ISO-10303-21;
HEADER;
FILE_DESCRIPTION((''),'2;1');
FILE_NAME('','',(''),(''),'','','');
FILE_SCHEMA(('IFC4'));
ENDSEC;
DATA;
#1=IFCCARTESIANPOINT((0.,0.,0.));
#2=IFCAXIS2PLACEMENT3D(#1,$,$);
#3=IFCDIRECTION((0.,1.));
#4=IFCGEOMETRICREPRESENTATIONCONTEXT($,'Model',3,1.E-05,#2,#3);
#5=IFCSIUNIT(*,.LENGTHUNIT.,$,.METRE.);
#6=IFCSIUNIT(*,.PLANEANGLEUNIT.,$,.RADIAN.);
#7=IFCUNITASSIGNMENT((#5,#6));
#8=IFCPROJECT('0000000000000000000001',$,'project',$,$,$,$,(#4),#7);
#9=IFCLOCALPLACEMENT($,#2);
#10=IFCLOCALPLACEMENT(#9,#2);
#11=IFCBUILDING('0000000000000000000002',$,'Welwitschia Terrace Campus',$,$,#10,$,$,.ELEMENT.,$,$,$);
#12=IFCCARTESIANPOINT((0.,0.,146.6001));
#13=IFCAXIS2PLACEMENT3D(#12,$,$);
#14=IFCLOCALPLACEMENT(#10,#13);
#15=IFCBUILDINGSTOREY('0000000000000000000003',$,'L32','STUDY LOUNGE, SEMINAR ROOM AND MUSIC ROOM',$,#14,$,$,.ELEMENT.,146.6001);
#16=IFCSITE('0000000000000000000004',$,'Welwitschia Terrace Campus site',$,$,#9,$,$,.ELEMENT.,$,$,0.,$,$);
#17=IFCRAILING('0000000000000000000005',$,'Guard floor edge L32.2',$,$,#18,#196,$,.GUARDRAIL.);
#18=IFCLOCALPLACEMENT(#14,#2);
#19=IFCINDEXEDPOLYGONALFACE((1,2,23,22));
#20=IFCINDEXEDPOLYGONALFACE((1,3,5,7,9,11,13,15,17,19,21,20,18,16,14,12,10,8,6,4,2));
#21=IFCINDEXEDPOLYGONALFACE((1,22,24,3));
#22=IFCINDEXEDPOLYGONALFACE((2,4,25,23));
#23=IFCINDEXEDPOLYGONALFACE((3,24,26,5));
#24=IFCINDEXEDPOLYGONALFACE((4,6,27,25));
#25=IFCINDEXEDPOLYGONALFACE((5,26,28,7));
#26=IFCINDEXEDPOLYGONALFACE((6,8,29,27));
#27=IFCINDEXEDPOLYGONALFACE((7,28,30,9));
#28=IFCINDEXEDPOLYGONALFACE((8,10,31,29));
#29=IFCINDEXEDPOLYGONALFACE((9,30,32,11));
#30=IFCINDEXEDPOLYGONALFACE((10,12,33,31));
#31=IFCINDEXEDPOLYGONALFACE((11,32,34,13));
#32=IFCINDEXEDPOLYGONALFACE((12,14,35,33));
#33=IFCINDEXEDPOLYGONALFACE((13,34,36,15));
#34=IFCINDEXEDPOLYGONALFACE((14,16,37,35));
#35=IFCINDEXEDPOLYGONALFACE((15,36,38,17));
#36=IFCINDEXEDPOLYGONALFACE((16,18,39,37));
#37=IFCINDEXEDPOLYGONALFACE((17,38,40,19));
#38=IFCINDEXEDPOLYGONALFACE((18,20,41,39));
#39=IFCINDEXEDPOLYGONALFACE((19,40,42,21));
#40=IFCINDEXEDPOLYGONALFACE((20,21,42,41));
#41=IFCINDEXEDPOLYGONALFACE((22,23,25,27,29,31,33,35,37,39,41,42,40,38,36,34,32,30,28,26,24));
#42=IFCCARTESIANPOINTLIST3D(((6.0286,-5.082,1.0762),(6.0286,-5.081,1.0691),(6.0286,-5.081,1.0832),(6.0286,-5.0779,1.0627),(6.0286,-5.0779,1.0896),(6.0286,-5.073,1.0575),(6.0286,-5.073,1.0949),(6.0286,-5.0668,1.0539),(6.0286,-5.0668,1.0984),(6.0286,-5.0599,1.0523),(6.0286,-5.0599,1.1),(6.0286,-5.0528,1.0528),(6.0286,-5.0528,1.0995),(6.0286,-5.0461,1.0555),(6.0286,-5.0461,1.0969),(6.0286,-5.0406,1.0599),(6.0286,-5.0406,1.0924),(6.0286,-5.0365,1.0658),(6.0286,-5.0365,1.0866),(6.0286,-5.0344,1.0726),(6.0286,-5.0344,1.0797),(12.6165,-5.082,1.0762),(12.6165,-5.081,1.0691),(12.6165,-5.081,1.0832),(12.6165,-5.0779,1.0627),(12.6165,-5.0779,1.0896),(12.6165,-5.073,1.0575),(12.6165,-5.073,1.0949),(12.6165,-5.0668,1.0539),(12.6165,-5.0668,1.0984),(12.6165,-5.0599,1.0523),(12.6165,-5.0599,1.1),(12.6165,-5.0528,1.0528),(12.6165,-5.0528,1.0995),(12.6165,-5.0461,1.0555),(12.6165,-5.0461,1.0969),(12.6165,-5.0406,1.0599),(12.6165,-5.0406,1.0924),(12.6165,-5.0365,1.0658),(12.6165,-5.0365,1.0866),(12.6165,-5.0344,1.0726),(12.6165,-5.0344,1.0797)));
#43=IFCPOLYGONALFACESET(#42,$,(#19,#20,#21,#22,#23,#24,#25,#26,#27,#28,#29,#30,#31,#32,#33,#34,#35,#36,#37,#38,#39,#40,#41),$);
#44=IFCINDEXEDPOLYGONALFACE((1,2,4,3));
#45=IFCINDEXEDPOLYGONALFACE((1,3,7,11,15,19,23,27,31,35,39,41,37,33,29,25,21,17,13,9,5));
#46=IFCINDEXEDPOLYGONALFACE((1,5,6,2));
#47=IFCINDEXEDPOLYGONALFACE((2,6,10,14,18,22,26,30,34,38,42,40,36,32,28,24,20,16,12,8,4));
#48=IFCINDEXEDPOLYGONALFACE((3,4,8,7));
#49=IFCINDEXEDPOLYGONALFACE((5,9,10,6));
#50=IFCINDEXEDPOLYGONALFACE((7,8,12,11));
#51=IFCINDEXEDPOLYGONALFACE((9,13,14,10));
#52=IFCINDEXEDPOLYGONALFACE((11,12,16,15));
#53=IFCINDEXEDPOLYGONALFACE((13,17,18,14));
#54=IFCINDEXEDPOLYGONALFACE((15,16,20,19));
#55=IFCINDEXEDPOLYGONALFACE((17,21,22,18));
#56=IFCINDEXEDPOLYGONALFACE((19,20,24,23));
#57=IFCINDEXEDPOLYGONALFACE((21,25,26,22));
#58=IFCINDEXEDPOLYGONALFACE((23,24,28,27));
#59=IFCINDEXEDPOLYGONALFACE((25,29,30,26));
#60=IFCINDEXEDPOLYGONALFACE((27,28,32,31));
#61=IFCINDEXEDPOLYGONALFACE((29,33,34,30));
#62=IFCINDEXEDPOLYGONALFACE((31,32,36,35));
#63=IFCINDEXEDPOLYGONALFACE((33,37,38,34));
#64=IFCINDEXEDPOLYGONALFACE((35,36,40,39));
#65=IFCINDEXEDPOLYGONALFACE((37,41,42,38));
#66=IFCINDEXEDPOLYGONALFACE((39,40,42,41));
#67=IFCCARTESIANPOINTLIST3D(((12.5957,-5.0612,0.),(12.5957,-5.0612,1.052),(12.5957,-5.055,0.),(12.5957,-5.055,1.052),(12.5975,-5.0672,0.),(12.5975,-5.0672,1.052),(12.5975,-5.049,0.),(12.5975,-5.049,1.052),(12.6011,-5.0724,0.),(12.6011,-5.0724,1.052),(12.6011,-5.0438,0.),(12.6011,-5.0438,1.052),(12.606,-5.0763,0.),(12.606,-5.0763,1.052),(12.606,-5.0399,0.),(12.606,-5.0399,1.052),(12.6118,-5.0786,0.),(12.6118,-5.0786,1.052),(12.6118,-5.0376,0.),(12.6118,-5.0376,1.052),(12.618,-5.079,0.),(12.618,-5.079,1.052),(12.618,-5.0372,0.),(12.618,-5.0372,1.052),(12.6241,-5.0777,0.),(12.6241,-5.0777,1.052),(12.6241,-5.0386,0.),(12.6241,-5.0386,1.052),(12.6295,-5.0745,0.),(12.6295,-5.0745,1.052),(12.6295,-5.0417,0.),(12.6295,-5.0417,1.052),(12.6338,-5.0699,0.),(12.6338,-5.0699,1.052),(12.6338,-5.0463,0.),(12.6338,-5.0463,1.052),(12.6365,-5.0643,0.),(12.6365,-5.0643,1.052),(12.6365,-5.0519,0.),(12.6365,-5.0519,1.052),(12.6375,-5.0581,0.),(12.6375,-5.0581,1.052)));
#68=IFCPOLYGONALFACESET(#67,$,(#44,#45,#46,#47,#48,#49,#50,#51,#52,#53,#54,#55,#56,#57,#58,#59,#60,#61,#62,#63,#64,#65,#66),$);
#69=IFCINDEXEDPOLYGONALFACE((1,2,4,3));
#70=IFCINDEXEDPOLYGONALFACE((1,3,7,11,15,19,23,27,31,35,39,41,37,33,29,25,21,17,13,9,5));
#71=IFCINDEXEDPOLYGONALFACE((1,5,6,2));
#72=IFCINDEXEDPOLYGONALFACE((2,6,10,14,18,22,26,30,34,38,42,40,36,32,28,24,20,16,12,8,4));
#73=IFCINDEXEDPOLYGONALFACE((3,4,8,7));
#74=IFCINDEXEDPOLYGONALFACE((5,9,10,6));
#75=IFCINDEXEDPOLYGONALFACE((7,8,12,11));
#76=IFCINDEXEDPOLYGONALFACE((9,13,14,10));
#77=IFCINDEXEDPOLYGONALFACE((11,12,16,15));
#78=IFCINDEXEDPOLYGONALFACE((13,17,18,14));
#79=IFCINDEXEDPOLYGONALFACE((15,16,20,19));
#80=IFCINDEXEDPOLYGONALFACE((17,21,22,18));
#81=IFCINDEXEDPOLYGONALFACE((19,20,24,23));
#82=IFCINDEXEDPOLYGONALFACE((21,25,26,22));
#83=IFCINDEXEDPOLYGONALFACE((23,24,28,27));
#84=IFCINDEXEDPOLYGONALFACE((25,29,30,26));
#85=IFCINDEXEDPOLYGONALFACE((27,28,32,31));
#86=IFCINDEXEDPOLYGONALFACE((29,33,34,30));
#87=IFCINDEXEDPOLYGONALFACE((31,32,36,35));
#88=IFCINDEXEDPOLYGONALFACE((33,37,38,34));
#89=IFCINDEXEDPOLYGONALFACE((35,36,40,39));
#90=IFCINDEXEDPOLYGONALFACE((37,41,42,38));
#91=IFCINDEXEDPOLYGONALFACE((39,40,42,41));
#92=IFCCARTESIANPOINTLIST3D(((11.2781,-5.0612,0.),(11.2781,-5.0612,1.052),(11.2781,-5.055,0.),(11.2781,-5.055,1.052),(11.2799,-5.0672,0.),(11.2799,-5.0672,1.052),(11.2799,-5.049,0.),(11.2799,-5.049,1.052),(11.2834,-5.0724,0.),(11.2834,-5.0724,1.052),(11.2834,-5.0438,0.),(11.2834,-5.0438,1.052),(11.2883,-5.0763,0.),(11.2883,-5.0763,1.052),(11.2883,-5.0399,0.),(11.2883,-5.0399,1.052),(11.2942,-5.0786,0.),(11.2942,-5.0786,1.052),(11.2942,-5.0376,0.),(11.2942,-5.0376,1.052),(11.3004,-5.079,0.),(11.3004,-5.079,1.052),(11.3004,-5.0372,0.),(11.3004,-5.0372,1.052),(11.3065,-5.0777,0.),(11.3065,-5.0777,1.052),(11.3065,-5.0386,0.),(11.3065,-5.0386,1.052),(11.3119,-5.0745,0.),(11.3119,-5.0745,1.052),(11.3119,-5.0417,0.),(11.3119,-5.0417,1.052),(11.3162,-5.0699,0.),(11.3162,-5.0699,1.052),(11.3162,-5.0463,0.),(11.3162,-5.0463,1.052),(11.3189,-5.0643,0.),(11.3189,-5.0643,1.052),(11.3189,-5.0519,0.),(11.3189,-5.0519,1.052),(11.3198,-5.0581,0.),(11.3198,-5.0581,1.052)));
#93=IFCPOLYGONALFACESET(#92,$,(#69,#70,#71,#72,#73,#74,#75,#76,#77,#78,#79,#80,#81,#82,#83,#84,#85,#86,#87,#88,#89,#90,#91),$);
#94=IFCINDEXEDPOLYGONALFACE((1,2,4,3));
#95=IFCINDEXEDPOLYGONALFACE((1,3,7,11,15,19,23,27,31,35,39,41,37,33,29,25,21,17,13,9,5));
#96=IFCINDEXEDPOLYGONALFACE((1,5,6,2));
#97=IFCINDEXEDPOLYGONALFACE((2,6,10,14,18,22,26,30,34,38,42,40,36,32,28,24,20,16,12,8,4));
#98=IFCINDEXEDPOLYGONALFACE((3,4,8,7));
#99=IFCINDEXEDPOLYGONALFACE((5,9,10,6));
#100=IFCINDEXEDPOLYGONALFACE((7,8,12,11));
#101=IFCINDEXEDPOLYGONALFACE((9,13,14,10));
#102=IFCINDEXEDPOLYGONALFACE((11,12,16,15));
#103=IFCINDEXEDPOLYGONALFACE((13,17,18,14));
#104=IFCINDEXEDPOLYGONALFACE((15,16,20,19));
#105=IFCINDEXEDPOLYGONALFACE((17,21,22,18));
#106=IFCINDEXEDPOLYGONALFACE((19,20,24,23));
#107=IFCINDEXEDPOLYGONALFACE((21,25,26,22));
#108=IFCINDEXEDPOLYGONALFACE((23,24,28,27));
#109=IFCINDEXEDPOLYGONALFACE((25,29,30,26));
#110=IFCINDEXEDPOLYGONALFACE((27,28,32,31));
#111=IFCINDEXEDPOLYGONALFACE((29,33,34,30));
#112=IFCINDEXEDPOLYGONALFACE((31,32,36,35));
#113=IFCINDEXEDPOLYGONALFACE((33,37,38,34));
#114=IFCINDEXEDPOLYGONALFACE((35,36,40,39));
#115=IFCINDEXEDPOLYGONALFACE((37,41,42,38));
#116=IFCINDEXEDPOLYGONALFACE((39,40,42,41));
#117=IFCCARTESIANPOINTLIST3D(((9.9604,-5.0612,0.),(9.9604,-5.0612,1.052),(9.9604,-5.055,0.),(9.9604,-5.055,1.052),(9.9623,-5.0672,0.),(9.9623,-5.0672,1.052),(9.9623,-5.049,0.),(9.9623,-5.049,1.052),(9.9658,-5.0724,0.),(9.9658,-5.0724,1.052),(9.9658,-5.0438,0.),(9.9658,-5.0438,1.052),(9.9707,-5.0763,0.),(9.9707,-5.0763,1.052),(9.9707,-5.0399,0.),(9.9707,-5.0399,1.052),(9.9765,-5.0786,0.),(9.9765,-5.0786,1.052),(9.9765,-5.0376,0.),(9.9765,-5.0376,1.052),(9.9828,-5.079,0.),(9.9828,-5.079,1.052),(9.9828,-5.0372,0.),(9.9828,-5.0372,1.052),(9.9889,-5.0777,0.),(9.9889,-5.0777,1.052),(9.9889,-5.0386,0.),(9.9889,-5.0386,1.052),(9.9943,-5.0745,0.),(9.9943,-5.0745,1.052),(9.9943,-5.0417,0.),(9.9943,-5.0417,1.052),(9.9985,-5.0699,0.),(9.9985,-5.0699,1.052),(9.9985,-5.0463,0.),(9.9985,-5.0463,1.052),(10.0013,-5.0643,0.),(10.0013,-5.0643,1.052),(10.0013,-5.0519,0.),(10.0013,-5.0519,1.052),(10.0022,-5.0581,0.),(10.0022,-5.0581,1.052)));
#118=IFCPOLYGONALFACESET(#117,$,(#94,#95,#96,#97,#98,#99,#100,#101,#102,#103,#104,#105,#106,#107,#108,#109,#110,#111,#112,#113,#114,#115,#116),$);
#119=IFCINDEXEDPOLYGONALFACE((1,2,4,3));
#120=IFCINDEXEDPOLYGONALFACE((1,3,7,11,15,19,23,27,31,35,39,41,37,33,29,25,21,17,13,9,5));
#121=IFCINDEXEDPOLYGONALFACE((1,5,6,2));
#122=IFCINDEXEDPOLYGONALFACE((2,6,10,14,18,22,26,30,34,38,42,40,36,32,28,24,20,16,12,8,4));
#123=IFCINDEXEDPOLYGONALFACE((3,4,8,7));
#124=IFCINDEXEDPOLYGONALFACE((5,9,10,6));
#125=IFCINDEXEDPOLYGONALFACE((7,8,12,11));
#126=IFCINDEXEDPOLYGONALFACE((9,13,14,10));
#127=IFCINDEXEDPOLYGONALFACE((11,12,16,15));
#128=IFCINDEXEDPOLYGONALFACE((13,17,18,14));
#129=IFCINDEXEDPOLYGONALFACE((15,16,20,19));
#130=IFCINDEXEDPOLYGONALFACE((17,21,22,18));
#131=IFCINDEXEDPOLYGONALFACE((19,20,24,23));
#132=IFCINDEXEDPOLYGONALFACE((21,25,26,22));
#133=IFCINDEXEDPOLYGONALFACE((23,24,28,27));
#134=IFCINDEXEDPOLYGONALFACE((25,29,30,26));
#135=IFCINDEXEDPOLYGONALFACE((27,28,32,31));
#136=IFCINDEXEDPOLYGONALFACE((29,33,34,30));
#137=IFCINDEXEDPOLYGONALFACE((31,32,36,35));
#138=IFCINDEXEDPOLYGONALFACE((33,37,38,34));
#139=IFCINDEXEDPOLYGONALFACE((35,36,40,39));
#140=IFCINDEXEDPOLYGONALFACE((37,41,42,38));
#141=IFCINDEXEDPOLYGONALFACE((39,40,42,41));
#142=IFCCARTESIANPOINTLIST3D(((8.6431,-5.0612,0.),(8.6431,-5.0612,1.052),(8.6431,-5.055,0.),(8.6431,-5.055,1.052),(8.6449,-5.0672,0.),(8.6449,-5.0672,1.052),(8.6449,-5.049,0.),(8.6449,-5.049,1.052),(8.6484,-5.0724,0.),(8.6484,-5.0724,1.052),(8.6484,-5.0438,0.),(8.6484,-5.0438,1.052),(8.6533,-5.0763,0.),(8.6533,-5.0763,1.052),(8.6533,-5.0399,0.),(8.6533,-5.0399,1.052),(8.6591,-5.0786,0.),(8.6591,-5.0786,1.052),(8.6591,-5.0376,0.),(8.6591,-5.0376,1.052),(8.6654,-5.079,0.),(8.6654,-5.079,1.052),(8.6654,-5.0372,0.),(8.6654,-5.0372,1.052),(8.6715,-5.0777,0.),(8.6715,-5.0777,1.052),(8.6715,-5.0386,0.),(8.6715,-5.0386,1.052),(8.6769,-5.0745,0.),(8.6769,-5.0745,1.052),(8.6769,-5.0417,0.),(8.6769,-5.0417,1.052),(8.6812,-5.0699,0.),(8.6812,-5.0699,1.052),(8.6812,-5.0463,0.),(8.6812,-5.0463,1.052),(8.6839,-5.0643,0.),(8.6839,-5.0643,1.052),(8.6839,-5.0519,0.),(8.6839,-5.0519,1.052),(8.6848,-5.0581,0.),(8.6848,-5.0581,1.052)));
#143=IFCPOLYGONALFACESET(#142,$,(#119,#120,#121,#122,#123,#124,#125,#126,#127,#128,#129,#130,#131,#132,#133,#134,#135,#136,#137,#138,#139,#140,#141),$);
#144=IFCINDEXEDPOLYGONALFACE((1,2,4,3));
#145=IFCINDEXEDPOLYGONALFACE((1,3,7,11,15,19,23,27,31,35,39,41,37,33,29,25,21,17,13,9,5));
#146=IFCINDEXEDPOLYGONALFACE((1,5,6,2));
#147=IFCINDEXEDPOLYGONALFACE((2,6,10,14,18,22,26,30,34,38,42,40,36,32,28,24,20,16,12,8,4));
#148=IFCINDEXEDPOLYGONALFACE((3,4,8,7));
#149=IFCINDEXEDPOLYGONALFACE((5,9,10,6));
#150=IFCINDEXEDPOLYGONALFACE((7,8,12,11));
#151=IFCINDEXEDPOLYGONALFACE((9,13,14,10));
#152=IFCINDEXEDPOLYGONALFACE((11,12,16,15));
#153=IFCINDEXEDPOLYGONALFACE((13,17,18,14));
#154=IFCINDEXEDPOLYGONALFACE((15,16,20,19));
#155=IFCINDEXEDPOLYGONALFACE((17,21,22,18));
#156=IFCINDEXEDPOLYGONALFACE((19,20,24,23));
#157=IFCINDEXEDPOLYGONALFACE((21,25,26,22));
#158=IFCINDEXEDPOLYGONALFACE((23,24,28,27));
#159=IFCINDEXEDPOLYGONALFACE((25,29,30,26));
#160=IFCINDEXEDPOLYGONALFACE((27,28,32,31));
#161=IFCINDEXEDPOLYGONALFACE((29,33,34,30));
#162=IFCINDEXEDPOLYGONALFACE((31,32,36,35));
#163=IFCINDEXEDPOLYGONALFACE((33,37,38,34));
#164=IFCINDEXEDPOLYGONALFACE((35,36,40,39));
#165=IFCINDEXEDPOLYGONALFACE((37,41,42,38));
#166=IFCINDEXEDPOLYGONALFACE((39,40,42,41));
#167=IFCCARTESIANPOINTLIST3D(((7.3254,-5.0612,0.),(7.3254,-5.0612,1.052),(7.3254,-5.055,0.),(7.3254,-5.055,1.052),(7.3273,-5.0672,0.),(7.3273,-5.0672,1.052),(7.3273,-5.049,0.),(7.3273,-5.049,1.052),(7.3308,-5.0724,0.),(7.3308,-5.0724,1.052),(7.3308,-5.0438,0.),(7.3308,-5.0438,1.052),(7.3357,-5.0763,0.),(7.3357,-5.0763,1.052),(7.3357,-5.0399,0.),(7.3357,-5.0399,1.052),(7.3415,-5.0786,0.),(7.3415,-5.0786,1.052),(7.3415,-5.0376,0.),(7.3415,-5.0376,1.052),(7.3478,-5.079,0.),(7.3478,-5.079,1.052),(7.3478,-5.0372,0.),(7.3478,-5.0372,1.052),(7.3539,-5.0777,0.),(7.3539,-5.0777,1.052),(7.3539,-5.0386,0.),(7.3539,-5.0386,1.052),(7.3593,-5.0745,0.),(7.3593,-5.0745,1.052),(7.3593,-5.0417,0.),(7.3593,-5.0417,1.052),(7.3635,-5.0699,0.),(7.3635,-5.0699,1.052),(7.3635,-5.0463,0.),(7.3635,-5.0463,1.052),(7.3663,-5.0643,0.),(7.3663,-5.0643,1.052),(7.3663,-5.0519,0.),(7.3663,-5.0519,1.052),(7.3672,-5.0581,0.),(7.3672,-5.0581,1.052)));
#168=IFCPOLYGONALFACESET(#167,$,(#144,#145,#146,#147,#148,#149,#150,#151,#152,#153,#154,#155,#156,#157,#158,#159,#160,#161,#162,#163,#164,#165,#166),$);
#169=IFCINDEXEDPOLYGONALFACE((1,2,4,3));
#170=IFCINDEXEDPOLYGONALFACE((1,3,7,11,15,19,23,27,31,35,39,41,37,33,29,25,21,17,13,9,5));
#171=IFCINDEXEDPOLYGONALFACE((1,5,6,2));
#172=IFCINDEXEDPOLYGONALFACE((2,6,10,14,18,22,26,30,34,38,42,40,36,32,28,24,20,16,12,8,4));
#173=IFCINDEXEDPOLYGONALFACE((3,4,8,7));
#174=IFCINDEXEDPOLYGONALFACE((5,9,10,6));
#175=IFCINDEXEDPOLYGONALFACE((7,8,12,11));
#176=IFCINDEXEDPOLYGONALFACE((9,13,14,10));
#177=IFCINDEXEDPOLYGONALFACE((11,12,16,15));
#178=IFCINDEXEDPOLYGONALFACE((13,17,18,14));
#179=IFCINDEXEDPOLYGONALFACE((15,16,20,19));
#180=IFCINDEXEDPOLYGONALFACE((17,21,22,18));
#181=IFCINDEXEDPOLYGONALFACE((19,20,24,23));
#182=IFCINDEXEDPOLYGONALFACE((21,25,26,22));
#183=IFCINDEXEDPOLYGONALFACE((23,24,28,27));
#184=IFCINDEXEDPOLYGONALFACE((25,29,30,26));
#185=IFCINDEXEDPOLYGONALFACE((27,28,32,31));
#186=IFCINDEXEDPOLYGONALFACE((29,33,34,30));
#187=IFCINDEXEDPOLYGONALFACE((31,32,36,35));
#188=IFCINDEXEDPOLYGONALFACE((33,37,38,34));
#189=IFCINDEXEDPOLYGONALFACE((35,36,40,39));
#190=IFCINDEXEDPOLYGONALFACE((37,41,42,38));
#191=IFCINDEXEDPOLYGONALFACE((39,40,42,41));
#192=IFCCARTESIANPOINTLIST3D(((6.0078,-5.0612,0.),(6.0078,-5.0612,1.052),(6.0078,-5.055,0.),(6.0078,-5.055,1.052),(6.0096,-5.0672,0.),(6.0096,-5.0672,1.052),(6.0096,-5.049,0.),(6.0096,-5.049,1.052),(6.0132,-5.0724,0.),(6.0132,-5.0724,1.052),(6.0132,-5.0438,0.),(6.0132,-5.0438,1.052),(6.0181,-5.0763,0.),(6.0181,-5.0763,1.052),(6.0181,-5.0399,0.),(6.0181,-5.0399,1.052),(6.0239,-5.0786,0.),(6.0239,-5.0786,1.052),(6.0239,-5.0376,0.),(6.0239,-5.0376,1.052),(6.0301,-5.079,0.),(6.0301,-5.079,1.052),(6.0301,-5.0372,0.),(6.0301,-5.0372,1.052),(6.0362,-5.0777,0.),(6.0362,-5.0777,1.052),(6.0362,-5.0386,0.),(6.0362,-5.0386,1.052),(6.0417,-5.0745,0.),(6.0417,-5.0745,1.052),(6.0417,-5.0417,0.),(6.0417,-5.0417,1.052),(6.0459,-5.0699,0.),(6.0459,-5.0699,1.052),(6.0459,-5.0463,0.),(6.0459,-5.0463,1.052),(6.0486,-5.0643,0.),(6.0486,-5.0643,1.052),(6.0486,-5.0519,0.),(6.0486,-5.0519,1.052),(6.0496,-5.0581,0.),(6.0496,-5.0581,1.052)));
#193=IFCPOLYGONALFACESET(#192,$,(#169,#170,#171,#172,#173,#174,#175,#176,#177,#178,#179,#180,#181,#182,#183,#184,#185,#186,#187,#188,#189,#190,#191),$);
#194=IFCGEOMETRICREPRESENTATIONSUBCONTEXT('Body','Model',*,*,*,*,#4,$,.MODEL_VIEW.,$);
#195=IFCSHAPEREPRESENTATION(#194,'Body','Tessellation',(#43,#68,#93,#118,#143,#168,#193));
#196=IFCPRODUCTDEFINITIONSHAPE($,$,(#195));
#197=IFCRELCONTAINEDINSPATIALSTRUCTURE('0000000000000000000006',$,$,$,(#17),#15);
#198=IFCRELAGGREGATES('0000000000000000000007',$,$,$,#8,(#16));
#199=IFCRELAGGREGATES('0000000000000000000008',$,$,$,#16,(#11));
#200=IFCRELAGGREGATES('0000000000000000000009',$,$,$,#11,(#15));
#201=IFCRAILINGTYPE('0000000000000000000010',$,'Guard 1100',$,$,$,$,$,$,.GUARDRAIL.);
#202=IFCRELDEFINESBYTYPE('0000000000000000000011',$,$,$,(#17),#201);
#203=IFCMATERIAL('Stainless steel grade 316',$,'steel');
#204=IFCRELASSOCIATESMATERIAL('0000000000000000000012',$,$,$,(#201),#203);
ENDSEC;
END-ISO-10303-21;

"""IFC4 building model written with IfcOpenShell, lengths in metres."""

from ifc_helpers import new_model, si_unit, direction, frame, origin, origin_2d, place, context, subcontext, project, spatial, circle, extrude, material, type_object, element, save


model = new_model("IFC4")

# Units and contexts
model_context = context("Model", 3, precision=1e-05, world=origin(), true_north=direction((0.0, 1.0)))
body_context = subcontext(model_context, "Body", "Model", "MODEL_VIEW")
ifc_project = project(units=[si_unit("LENGTHUNIT", "METRE"), si_unit("PLANEANGLEUNIT", "RADIAN")], contexts=[model_context])

# Site, building, storey
site_placement = place(None, origin())
site = spatial("IfcSite", under=ifc_project, at=site_placement, Name="Welwitschia Terrace Campus site", CompositionType="ELEMENT", RefElevation=0.0)
building_placement = place(site_placement, origin())
building = spatial("IfcBuilding", under=site, at=building_placement, Name="Welwitschia Terrace Campus", CompositionType="ELEMENT")
storey_placement = place(building_placement, frame((0.0, 0.0, 146.6001)))
storey = spatial("IfcBuildingStorey", under=building, at=storey_placement, Name="L32", Description="STUDY LOUNGE, SEMINAR ROOM AND MUSIC ROOM", CompositionType="ELEMENT", Elevation=146.6001)

# Railing
ifc_material_1 = material(Name="Stainless steel grade 316", Category="steel")
railing_type = type_object("IfcRailingType", Name="Guard 1100", PredefinedType="GUARDRAIL", material=ifc_material_1)
railing_1_placement = place(storey_placement, frame((12.6165, -5.0581, 0.0)))
element("IfcRailing", 1, at=railing_1_placement, inside=storey, type_object=railing_type, Name="Guard floor edge L32.2", PredefinedType="GUARDRAIL", context=body_context, shape_type="SweptSolid", body=[
    extrude(circle(Radius=0.0239, at=origin_2d()), frame((0.0, 0.0, 1.0762), z_axis=(-1.0, 0.0, 0.0), x_axis=(0.0, -1.0, 0.0)), (0.0, 0.0, 1.0), 6.5879),
    extrude(circle(Radius=0.021, at=origin_2d()), origin(), (0.0, 0.0, 1.0), 1.052),
    extrude(circle(Radius=0.021, at=origin_2d()), frame((-1.3176, 0.0, 0.0)), (0.0, 0.0, 1.0), 1.052),
    extrude(circle(Radius=0.021, at=origin_2d()), frame((-2.6353, 0.0, 0.0)), (0.0, 0.0, 1.0), 1.052),
    extrude(circle(Radius=0.021, at=origin_2d()), frame((-3.9526, 0.0, 0.0)), (0.0, 0.0, 1.0), 1.052),
    extrude(circle(Radius=0.021, at=origin_2d()), frame((-5.2703, 0.0, 0.0)), (0.0, 0.0, 1.0), 1.052),
    extrude(circle(Radius=0.021, at=origin_2d()), frame((-6.5879, 0.0, 0.0)), (0.0, 0.0, 1.0), 1.052),
])

save(model, "model.ifc")
